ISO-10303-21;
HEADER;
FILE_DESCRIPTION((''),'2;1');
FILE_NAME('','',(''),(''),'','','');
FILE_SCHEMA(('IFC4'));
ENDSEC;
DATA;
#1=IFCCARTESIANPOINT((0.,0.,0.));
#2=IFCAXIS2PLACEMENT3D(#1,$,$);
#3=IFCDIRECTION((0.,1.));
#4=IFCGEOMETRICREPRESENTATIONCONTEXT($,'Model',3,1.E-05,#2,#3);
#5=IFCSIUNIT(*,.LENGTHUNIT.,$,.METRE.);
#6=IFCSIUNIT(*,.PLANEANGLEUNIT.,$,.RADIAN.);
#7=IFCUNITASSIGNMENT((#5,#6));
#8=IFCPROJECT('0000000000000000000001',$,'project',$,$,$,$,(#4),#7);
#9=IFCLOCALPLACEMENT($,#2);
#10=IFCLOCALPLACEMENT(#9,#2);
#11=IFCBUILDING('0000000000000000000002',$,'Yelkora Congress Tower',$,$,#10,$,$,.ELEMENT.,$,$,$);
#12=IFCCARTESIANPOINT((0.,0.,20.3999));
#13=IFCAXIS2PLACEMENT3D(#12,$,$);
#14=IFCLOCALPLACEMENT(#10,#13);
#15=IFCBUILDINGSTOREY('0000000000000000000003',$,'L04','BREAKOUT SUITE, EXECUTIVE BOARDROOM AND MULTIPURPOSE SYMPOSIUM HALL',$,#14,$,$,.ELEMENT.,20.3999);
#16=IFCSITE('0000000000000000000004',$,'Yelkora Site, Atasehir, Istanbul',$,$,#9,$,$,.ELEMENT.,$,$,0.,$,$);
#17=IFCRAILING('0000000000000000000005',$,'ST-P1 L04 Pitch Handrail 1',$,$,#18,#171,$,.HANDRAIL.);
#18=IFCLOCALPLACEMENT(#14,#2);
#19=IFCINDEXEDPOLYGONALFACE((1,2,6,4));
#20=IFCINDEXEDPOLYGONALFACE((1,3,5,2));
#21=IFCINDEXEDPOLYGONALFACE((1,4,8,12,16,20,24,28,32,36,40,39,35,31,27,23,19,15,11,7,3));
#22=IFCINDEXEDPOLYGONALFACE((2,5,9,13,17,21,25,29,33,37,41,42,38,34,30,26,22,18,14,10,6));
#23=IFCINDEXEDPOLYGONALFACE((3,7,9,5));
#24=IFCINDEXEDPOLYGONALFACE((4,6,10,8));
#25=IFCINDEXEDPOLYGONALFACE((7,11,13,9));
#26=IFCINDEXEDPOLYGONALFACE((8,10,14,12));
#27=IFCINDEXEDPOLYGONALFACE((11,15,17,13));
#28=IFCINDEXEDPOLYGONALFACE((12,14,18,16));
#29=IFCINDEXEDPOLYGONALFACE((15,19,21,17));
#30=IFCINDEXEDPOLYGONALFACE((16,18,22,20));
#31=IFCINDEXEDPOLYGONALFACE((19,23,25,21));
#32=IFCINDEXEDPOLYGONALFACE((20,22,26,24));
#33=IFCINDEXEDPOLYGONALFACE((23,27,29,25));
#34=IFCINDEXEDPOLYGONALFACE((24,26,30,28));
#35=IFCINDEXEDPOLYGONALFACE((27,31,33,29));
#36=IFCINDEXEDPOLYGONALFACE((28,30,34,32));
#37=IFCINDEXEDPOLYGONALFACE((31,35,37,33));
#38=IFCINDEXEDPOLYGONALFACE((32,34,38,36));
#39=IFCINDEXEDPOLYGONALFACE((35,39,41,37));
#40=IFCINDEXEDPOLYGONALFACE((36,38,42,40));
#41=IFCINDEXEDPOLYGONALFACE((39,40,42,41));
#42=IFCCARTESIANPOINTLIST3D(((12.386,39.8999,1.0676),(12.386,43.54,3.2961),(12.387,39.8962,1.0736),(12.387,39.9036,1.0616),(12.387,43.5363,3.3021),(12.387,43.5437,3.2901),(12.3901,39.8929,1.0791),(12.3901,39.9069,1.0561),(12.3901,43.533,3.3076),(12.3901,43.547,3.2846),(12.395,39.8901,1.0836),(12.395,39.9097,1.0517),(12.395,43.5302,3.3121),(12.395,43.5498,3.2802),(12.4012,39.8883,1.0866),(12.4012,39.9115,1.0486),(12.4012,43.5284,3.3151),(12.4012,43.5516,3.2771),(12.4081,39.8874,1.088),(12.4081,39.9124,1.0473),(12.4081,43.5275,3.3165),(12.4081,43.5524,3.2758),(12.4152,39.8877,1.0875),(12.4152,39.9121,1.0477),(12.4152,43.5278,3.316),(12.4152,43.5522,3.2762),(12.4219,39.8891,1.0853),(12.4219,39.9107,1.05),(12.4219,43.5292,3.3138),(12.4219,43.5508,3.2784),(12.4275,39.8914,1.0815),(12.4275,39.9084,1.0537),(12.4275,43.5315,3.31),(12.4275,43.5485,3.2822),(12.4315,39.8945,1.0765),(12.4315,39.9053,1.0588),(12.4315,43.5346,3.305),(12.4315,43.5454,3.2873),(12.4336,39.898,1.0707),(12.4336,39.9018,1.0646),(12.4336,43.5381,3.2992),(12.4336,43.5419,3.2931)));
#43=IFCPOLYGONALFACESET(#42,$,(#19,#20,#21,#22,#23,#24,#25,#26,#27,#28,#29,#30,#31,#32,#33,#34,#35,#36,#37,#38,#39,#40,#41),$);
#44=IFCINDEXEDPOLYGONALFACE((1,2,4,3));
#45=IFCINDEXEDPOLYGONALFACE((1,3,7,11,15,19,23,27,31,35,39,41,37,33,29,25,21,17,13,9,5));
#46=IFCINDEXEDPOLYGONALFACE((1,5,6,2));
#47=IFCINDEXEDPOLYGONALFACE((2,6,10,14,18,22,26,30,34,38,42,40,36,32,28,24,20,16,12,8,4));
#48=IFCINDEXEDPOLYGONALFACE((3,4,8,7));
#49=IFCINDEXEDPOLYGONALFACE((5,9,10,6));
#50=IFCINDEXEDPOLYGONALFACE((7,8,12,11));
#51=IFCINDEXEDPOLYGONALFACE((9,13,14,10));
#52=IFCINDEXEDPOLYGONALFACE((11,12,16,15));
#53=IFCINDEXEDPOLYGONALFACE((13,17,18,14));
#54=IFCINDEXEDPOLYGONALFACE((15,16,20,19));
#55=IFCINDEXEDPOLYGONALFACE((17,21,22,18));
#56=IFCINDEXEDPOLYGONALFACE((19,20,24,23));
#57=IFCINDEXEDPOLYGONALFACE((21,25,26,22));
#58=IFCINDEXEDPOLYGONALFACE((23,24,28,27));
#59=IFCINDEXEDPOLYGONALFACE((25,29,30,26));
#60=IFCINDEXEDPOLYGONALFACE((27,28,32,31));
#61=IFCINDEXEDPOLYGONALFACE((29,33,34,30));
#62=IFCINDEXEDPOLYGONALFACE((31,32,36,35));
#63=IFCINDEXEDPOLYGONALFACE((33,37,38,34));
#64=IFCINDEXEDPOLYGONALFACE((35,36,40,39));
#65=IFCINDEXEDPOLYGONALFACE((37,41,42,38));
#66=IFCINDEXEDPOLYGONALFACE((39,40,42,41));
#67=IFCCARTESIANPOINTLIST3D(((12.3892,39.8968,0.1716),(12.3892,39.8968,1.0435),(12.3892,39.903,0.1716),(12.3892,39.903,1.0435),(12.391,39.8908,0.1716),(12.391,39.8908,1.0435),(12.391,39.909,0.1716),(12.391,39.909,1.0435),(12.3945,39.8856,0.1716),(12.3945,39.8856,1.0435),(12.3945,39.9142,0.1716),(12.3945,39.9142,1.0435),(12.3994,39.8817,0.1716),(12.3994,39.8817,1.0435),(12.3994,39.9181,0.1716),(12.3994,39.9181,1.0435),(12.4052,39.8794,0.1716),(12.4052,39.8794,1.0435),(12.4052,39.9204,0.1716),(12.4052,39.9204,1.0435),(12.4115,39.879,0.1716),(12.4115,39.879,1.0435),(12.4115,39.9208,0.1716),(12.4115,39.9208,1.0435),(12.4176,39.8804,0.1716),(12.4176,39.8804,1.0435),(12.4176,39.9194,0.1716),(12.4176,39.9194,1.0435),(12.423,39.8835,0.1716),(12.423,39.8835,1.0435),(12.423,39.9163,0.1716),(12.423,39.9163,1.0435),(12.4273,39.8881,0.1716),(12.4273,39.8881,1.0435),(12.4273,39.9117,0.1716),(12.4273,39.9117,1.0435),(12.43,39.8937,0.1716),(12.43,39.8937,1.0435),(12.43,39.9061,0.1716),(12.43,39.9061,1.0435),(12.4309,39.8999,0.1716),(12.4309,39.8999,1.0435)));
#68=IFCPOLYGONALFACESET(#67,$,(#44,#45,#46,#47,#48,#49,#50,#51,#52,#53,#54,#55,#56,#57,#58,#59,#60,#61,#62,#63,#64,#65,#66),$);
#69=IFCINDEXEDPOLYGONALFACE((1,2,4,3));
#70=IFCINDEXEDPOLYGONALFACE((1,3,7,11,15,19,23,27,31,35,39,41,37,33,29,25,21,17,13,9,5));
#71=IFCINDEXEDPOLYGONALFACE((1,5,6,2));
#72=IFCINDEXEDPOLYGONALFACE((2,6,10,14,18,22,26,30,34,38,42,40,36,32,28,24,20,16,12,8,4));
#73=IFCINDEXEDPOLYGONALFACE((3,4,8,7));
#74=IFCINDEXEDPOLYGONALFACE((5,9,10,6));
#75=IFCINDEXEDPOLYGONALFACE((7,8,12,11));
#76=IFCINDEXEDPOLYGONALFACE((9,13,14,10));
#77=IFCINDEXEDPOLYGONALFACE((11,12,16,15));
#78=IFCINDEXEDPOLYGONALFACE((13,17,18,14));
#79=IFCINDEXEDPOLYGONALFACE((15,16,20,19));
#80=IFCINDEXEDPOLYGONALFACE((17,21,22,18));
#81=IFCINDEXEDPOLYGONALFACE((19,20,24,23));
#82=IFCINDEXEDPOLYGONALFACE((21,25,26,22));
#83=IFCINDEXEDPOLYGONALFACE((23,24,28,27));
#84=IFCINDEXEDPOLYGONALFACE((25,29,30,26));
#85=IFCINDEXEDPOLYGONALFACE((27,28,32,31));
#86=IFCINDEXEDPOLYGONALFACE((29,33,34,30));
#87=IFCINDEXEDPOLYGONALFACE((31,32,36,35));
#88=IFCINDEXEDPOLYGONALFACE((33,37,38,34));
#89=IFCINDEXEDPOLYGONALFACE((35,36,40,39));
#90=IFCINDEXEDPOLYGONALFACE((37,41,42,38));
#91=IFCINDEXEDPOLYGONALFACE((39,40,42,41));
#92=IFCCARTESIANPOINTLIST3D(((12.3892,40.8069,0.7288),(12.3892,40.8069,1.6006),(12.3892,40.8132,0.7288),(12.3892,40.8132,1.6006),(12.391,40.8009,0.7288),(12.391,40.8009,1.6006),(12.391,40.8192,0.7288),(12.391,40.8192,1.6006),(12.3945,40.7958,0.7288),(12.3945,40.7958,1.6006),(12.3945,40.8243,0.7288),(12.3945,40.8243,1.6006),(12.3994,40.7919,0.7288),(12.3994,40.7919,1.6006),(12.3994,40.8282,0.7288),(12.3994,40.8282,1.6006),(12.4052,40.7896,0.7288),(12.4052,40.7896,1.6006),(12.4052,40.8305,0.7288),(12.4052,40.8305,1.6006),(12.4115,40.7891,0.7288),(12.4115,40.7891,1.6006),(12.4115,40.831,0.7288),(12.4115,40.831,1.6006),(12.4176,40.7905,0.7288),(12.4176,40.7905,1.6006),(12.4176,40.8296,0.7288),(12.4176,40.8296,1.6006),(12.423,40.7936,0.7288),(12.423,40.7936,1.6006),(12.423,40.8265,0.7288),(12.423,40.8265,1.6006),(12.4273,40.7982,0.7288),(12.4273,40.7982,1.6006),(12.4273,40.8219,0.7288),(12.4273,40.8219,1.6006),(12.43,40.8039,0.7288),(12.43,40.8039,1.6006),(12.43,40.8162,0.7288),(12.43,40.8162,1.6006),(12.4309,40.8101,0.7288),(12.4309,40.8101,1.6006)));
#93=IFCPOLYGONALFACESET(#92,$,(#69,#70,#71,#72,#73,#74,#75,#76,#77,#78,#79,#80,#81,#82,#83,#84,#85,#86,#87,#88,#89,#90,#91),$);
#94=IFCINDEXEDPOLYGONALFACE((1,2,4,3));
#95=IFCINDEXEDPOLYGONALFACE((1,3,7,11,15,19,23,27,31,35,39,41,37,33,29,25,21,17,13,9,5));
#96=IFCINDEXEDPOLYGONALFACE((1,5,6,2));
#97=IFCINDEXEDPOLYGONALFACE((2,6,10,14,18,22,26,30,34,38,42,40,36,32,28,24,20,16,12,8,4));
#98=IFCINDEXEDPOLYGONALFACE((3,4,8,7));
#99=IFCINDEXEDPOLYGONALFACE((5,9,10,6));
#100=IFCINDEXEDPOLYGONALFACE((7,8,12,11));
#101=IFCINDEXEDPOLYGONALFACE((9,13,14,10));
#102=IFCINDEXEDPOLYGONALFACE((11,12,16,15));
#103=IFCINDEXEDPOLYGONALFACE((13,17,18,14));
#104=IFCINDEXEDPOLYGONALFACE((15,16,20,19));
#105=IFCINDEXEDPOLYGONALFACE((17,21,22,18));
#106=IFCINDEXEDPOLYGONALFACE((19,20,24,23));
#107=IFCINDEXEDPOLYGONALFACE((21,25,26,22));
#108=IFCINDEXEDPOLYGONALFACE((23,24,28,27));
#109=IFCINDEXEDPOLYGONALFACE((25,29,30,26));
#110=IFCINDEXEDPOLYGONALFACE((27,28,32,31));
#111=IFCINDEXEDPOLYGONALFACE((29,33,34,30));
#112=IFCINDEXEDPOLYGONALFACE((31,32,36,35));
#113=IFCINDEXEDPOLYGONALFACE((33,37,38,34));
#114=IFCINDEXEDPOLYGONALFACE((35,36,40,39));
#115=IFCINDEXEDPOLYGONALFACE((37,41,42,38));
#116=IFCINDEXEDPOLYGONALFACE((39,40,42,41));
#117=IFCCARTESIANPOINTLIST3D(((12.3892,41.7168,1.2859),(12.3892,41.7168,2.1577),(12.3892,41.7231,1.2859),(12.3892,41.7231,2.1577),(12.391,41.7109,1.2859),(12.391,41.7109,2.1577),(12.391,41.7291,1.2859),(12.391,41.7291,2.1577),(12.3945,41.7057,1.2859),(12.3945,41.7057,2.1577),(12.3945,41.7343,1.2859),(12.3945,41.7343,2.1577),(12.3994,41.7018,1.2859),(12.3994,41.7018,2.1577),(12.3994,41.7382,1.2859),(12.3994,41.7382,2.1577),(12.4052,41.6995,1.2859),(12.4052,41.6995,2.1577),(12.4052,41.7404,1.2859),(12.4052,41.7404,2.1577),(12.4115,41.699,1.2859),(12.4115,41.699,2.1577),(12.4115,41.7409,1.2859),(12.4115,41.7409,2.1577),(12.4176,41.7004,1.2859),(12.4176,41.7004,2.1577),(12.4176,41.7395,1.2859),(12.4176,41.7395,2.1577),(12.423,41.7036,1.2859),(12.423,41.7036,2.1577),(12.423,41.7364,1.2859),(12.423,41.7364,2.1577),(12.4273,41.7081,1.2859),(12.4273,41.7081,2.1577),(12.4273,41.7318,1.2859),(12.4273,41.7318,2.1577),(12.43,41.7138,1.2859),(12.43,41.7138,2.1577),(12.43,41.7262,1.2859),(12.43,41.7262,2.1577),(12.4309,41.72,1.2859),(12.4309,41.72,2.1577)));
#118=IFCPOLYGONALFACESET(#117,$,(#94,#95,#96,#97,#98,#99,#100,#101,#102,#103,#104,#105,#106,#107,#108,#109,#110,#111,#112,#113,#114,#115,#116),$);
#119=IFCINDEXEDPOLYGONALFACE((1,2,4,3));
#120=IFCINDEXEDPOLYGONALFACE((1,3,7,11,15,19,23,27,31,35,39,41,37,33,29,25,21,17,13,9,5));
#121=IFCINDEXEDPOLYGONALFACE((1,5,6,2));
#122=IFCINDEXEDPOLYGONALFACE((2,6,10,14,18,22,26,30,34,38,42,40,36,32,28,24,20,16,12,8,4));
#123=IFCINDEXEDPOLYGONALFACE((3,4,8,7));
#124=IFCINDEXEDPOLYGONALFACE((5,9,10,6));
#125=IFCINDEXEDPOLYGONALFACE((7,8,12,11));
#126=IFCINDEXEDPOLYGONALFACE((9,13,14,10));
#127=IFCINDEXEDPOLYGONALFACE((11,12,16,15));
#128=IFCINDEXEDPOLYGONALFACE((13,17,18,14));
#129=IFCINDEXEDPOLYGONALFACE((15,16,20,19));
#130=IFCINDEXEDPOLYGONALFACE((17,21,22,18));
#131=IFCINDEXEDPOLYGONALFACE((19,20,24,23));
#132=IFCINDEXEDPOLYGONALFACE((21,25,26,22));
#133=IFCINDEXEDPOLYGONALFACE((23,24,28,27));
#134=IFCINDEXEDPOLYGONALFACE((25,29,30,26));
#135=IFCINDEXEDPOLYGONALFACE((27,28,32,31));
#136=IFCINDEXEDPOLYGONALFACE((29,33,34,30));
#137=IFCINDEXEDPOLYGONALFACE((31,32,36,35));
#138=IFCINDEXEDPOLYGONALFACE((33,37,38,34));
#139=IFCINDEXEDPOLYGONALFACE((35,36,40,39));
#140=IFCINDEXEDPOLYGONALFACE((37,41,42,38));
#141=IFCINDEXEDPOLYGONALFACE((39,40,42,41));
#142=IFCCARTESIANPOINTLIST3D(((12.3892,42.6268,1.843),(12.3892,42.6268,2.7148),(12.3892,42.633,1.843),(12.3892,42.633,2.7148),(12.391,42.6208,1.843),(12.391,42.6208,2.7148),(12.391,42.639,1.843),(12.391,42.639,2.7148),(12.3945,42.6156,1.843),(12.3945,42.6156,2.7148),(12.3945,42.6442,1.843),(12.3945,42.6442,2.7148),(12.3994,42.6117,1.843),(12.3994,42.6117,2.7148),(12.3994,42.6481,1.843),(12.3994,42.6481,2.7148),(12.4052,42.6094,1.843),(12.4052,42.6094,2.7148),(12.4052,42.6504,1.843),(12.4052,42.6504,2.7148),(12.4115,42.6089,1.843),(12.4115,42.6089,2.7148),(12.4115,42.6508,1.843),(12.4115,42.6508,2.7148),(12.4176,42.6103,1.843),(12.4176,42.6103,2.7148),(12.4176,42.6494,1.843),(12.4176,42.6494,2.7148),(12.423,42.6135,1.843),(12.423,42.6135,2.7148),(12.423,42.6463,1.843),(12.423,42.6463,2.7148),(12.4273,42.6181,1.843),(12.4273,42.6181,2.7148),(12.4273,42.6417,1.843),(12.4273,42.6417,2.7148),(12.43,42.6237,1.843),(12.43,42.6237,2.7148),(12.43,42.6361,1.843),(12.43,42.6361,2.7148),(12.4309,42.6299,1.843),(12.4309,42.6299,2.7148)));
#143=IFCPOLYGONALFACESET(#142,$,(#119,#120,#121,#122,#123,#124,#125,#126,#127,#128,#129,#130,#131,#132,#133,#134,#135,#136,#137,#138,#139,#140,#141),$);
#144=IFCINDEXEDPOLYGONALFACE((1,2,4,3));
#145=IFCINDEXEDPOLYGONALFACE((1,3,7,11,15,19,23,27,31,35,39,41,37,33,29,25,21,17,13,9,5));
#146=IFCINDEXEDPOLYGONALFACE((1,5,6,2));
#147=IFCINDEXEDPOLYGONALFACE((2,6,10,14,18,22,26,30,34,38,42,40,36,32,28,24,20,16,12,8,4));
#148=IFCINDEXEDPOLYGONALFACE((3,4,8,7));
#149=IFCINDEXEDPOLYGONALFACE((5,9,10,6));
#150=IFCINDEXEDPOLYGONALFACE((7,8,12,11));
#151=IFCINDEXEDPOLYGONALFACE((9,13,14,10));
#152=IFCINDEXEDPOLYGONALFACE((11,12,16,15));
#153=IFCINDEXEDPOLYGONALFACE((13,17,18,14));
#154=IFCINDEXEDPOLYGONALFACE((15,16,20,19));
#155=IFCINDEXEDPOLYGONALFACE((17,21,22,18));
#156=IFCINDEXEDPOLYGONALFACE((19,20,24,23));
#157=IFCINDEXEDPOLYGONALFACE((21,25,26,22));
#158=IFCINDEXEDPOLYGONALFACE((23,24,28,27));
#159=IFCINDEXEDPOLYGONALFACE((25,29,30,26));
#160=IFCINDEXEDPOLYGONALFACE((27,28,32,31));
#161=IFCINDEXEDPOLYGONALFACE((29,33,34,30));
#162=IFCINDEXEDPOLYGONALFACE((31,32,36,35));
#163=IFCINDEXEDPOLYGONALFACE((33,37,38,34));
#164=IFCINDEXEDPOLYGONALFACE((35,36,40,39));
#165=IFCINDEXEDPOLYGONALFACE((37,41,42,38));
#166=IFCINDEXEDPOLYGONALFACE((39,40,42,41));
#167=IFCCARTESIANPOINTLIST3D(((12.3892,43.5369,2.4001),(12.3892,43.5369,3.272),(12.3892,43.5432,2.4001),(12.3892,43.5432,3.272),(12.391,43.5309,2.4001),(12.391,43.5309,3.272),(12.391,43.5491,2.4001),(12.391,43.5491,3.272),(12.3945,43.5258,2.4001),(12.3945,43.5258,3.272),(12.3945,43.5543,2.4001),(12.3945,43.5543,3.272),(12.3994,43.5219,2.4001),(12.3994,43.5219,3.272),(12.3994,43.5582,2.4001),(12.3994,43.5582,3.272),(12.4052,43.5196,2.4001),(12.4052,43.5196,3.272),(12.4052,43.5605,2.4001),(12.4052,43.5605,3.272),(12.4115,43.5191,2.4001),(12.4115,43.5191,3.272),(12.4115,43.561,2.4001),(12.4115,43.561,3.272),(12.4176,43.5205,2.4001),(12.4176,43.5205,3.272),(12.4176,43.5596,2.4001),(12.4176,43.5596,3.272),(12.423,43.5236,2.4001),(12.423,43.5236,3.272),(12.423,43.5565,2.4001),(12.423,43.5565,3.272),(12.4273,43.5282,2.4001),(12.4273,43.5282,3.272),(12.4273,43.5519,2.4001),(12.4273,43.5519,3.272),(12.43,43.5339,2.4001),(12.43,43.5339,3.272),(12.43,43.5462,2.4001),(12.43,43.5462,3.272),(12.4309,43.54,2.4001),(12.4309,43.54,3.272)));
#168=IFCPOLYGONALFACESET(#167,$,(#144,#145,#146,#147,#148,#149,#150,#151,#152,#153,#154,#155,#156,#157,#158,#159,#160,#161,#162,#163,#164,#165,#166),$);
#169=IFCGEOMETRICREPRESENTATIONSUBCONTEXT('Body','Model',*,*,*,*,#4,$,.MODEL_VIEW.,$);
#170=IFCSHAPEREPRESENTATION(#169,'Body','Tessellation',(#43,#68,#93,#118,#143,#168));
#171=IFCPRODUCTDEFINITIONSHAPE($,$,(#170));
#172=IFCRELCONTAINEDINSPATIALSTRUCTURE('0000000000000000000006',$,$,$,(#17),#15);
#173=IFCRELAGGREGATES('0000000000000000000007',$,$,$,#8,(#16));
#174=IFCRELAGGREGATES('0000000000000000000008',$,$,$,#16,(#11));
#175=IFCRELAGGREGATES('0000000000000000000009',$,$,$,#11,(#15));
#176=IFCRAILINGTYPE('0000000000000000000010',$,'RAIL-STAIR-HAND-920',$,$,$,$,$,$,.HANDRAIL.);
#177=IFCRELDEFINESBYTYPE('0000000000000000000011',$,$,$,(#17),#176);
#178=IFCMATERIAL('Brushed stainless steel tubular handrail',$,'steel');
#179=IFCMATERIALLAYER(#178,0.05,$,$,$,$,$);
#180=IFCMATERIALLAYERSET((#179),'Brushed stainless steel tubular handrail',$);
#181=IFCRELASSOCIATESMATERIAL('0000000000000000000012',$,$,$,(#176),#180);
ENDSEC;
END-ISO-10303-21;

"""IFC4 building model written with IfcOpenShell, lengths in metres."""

from ifc_helpers import new_model, si_unit, direction, frame, origin, origin_2d, place, context, subcontext, project, spatial, circle, extrude, material, layer, layer_set, type_object, element, save


model = new_model("IFC4")

# Units and contexts
model_context = context("Model", 3, precision=1e-05, world=origin(), true_north=direction((0.0, 1.0)))
body_context = subcontext(model_context, "Body", "Model", "MODEL_VIEW")
ifc_project = project(units=[si_unit("LENGTHUNIT", "METRE"), si_unit("PLANEANGLEUNIT", "RADIAN")], contexts=[model_context])

# Site, building, storey
site_placement = place(None, origin())
site = spatial("IfcSite", under=ifc_project, at=site_placement, Name="Yelkora Site, Atasehir, Istanbul", CompositionType="ELEMENT", RefElevation=0.0)
building_placement = place(site_placement, origin())
building = spatial("IfcBuilding", under=site, at=building_placement, Name="Yelkora Congress Tower", CompositionType="ELEMENT")
storey_placement = place(building_placement, frame((0.0, 0.0, 20.3999)))
storey = spatial("IfcBuildingStorey", under=building, at=storey_placement, Name="L04", Description="BREAKOUT SUITE, EXECUTIVE BOARDROOM AND MULTIPURPOSE SYMPOSIUM HALL", CompositionType="ELEMENT", Elevation=20.3999)

# Railing
ifc_material_1 = material(Name="Brushed stainless steel tubular handrail", Category="steel")
ifc_layer_1 = layer(ifc_material_1, 0.05)
ifc_layer_set_1 = layer_set([ifc_layer_1], Name="Brushed stainless steel tubular handrail")
railing_type_1 = type_object("IfcRailingType", Name="RAIL-STAIR-HAND-920", PredefinedType="HANDRAIL", material=ifc_layer_set_1)
railing_1_placement = place(storey_placement, frame((12.4099, 39.8999, 0.1716)))
element("IfcRailing", 1, at=railing_1_placement, inside=storey, type_object=railing_type_1, Name="ST-P1 L04 Pitch Handrail 1", PredefinedType="HANDRAIL", context=body_context, shape_type="SweptSolid", body=[
    extrude(circle(Radius=0.0239, at=origin_2d()), frame((0.0, 0.0, 0.896), z_axis=(0.0, 0.852866, 0.52213), x_axis=(-1.0, 0.0, 0.0)), (0.0, 0.0, 1.0), 4.2681),
    extrude(circle(Radius=0.021, at=origin_2d()), origin(), (0.0, 0.0, 1.0), 0.8718),
    extrude(circle(Radius=0.021, at=origin_2d()), frame((0.0, 0.9102, 0.5571)), (0.0, 0.0, 1.0), 0.8718),
    extrude(circle(Radius=0.021, at=origin_2d()), frame((0.0, 1.8201, 1.1143)), (0.0, 0.0, 1.0), 0.8718),
    extrude(circle(Radius=0.021, at=origin_2d()), frame((0.0, 2.73, 1.6714)), (0.0, 0.0, 1.0), 0.8718),
    extrude(circle(Radius=0.021, at=origin_2d()), frame((0.0, 3.6401, 2.2285)), (0.0, 0.0, 1.0), 0.8718),
])

save(model, "model.ifc")
